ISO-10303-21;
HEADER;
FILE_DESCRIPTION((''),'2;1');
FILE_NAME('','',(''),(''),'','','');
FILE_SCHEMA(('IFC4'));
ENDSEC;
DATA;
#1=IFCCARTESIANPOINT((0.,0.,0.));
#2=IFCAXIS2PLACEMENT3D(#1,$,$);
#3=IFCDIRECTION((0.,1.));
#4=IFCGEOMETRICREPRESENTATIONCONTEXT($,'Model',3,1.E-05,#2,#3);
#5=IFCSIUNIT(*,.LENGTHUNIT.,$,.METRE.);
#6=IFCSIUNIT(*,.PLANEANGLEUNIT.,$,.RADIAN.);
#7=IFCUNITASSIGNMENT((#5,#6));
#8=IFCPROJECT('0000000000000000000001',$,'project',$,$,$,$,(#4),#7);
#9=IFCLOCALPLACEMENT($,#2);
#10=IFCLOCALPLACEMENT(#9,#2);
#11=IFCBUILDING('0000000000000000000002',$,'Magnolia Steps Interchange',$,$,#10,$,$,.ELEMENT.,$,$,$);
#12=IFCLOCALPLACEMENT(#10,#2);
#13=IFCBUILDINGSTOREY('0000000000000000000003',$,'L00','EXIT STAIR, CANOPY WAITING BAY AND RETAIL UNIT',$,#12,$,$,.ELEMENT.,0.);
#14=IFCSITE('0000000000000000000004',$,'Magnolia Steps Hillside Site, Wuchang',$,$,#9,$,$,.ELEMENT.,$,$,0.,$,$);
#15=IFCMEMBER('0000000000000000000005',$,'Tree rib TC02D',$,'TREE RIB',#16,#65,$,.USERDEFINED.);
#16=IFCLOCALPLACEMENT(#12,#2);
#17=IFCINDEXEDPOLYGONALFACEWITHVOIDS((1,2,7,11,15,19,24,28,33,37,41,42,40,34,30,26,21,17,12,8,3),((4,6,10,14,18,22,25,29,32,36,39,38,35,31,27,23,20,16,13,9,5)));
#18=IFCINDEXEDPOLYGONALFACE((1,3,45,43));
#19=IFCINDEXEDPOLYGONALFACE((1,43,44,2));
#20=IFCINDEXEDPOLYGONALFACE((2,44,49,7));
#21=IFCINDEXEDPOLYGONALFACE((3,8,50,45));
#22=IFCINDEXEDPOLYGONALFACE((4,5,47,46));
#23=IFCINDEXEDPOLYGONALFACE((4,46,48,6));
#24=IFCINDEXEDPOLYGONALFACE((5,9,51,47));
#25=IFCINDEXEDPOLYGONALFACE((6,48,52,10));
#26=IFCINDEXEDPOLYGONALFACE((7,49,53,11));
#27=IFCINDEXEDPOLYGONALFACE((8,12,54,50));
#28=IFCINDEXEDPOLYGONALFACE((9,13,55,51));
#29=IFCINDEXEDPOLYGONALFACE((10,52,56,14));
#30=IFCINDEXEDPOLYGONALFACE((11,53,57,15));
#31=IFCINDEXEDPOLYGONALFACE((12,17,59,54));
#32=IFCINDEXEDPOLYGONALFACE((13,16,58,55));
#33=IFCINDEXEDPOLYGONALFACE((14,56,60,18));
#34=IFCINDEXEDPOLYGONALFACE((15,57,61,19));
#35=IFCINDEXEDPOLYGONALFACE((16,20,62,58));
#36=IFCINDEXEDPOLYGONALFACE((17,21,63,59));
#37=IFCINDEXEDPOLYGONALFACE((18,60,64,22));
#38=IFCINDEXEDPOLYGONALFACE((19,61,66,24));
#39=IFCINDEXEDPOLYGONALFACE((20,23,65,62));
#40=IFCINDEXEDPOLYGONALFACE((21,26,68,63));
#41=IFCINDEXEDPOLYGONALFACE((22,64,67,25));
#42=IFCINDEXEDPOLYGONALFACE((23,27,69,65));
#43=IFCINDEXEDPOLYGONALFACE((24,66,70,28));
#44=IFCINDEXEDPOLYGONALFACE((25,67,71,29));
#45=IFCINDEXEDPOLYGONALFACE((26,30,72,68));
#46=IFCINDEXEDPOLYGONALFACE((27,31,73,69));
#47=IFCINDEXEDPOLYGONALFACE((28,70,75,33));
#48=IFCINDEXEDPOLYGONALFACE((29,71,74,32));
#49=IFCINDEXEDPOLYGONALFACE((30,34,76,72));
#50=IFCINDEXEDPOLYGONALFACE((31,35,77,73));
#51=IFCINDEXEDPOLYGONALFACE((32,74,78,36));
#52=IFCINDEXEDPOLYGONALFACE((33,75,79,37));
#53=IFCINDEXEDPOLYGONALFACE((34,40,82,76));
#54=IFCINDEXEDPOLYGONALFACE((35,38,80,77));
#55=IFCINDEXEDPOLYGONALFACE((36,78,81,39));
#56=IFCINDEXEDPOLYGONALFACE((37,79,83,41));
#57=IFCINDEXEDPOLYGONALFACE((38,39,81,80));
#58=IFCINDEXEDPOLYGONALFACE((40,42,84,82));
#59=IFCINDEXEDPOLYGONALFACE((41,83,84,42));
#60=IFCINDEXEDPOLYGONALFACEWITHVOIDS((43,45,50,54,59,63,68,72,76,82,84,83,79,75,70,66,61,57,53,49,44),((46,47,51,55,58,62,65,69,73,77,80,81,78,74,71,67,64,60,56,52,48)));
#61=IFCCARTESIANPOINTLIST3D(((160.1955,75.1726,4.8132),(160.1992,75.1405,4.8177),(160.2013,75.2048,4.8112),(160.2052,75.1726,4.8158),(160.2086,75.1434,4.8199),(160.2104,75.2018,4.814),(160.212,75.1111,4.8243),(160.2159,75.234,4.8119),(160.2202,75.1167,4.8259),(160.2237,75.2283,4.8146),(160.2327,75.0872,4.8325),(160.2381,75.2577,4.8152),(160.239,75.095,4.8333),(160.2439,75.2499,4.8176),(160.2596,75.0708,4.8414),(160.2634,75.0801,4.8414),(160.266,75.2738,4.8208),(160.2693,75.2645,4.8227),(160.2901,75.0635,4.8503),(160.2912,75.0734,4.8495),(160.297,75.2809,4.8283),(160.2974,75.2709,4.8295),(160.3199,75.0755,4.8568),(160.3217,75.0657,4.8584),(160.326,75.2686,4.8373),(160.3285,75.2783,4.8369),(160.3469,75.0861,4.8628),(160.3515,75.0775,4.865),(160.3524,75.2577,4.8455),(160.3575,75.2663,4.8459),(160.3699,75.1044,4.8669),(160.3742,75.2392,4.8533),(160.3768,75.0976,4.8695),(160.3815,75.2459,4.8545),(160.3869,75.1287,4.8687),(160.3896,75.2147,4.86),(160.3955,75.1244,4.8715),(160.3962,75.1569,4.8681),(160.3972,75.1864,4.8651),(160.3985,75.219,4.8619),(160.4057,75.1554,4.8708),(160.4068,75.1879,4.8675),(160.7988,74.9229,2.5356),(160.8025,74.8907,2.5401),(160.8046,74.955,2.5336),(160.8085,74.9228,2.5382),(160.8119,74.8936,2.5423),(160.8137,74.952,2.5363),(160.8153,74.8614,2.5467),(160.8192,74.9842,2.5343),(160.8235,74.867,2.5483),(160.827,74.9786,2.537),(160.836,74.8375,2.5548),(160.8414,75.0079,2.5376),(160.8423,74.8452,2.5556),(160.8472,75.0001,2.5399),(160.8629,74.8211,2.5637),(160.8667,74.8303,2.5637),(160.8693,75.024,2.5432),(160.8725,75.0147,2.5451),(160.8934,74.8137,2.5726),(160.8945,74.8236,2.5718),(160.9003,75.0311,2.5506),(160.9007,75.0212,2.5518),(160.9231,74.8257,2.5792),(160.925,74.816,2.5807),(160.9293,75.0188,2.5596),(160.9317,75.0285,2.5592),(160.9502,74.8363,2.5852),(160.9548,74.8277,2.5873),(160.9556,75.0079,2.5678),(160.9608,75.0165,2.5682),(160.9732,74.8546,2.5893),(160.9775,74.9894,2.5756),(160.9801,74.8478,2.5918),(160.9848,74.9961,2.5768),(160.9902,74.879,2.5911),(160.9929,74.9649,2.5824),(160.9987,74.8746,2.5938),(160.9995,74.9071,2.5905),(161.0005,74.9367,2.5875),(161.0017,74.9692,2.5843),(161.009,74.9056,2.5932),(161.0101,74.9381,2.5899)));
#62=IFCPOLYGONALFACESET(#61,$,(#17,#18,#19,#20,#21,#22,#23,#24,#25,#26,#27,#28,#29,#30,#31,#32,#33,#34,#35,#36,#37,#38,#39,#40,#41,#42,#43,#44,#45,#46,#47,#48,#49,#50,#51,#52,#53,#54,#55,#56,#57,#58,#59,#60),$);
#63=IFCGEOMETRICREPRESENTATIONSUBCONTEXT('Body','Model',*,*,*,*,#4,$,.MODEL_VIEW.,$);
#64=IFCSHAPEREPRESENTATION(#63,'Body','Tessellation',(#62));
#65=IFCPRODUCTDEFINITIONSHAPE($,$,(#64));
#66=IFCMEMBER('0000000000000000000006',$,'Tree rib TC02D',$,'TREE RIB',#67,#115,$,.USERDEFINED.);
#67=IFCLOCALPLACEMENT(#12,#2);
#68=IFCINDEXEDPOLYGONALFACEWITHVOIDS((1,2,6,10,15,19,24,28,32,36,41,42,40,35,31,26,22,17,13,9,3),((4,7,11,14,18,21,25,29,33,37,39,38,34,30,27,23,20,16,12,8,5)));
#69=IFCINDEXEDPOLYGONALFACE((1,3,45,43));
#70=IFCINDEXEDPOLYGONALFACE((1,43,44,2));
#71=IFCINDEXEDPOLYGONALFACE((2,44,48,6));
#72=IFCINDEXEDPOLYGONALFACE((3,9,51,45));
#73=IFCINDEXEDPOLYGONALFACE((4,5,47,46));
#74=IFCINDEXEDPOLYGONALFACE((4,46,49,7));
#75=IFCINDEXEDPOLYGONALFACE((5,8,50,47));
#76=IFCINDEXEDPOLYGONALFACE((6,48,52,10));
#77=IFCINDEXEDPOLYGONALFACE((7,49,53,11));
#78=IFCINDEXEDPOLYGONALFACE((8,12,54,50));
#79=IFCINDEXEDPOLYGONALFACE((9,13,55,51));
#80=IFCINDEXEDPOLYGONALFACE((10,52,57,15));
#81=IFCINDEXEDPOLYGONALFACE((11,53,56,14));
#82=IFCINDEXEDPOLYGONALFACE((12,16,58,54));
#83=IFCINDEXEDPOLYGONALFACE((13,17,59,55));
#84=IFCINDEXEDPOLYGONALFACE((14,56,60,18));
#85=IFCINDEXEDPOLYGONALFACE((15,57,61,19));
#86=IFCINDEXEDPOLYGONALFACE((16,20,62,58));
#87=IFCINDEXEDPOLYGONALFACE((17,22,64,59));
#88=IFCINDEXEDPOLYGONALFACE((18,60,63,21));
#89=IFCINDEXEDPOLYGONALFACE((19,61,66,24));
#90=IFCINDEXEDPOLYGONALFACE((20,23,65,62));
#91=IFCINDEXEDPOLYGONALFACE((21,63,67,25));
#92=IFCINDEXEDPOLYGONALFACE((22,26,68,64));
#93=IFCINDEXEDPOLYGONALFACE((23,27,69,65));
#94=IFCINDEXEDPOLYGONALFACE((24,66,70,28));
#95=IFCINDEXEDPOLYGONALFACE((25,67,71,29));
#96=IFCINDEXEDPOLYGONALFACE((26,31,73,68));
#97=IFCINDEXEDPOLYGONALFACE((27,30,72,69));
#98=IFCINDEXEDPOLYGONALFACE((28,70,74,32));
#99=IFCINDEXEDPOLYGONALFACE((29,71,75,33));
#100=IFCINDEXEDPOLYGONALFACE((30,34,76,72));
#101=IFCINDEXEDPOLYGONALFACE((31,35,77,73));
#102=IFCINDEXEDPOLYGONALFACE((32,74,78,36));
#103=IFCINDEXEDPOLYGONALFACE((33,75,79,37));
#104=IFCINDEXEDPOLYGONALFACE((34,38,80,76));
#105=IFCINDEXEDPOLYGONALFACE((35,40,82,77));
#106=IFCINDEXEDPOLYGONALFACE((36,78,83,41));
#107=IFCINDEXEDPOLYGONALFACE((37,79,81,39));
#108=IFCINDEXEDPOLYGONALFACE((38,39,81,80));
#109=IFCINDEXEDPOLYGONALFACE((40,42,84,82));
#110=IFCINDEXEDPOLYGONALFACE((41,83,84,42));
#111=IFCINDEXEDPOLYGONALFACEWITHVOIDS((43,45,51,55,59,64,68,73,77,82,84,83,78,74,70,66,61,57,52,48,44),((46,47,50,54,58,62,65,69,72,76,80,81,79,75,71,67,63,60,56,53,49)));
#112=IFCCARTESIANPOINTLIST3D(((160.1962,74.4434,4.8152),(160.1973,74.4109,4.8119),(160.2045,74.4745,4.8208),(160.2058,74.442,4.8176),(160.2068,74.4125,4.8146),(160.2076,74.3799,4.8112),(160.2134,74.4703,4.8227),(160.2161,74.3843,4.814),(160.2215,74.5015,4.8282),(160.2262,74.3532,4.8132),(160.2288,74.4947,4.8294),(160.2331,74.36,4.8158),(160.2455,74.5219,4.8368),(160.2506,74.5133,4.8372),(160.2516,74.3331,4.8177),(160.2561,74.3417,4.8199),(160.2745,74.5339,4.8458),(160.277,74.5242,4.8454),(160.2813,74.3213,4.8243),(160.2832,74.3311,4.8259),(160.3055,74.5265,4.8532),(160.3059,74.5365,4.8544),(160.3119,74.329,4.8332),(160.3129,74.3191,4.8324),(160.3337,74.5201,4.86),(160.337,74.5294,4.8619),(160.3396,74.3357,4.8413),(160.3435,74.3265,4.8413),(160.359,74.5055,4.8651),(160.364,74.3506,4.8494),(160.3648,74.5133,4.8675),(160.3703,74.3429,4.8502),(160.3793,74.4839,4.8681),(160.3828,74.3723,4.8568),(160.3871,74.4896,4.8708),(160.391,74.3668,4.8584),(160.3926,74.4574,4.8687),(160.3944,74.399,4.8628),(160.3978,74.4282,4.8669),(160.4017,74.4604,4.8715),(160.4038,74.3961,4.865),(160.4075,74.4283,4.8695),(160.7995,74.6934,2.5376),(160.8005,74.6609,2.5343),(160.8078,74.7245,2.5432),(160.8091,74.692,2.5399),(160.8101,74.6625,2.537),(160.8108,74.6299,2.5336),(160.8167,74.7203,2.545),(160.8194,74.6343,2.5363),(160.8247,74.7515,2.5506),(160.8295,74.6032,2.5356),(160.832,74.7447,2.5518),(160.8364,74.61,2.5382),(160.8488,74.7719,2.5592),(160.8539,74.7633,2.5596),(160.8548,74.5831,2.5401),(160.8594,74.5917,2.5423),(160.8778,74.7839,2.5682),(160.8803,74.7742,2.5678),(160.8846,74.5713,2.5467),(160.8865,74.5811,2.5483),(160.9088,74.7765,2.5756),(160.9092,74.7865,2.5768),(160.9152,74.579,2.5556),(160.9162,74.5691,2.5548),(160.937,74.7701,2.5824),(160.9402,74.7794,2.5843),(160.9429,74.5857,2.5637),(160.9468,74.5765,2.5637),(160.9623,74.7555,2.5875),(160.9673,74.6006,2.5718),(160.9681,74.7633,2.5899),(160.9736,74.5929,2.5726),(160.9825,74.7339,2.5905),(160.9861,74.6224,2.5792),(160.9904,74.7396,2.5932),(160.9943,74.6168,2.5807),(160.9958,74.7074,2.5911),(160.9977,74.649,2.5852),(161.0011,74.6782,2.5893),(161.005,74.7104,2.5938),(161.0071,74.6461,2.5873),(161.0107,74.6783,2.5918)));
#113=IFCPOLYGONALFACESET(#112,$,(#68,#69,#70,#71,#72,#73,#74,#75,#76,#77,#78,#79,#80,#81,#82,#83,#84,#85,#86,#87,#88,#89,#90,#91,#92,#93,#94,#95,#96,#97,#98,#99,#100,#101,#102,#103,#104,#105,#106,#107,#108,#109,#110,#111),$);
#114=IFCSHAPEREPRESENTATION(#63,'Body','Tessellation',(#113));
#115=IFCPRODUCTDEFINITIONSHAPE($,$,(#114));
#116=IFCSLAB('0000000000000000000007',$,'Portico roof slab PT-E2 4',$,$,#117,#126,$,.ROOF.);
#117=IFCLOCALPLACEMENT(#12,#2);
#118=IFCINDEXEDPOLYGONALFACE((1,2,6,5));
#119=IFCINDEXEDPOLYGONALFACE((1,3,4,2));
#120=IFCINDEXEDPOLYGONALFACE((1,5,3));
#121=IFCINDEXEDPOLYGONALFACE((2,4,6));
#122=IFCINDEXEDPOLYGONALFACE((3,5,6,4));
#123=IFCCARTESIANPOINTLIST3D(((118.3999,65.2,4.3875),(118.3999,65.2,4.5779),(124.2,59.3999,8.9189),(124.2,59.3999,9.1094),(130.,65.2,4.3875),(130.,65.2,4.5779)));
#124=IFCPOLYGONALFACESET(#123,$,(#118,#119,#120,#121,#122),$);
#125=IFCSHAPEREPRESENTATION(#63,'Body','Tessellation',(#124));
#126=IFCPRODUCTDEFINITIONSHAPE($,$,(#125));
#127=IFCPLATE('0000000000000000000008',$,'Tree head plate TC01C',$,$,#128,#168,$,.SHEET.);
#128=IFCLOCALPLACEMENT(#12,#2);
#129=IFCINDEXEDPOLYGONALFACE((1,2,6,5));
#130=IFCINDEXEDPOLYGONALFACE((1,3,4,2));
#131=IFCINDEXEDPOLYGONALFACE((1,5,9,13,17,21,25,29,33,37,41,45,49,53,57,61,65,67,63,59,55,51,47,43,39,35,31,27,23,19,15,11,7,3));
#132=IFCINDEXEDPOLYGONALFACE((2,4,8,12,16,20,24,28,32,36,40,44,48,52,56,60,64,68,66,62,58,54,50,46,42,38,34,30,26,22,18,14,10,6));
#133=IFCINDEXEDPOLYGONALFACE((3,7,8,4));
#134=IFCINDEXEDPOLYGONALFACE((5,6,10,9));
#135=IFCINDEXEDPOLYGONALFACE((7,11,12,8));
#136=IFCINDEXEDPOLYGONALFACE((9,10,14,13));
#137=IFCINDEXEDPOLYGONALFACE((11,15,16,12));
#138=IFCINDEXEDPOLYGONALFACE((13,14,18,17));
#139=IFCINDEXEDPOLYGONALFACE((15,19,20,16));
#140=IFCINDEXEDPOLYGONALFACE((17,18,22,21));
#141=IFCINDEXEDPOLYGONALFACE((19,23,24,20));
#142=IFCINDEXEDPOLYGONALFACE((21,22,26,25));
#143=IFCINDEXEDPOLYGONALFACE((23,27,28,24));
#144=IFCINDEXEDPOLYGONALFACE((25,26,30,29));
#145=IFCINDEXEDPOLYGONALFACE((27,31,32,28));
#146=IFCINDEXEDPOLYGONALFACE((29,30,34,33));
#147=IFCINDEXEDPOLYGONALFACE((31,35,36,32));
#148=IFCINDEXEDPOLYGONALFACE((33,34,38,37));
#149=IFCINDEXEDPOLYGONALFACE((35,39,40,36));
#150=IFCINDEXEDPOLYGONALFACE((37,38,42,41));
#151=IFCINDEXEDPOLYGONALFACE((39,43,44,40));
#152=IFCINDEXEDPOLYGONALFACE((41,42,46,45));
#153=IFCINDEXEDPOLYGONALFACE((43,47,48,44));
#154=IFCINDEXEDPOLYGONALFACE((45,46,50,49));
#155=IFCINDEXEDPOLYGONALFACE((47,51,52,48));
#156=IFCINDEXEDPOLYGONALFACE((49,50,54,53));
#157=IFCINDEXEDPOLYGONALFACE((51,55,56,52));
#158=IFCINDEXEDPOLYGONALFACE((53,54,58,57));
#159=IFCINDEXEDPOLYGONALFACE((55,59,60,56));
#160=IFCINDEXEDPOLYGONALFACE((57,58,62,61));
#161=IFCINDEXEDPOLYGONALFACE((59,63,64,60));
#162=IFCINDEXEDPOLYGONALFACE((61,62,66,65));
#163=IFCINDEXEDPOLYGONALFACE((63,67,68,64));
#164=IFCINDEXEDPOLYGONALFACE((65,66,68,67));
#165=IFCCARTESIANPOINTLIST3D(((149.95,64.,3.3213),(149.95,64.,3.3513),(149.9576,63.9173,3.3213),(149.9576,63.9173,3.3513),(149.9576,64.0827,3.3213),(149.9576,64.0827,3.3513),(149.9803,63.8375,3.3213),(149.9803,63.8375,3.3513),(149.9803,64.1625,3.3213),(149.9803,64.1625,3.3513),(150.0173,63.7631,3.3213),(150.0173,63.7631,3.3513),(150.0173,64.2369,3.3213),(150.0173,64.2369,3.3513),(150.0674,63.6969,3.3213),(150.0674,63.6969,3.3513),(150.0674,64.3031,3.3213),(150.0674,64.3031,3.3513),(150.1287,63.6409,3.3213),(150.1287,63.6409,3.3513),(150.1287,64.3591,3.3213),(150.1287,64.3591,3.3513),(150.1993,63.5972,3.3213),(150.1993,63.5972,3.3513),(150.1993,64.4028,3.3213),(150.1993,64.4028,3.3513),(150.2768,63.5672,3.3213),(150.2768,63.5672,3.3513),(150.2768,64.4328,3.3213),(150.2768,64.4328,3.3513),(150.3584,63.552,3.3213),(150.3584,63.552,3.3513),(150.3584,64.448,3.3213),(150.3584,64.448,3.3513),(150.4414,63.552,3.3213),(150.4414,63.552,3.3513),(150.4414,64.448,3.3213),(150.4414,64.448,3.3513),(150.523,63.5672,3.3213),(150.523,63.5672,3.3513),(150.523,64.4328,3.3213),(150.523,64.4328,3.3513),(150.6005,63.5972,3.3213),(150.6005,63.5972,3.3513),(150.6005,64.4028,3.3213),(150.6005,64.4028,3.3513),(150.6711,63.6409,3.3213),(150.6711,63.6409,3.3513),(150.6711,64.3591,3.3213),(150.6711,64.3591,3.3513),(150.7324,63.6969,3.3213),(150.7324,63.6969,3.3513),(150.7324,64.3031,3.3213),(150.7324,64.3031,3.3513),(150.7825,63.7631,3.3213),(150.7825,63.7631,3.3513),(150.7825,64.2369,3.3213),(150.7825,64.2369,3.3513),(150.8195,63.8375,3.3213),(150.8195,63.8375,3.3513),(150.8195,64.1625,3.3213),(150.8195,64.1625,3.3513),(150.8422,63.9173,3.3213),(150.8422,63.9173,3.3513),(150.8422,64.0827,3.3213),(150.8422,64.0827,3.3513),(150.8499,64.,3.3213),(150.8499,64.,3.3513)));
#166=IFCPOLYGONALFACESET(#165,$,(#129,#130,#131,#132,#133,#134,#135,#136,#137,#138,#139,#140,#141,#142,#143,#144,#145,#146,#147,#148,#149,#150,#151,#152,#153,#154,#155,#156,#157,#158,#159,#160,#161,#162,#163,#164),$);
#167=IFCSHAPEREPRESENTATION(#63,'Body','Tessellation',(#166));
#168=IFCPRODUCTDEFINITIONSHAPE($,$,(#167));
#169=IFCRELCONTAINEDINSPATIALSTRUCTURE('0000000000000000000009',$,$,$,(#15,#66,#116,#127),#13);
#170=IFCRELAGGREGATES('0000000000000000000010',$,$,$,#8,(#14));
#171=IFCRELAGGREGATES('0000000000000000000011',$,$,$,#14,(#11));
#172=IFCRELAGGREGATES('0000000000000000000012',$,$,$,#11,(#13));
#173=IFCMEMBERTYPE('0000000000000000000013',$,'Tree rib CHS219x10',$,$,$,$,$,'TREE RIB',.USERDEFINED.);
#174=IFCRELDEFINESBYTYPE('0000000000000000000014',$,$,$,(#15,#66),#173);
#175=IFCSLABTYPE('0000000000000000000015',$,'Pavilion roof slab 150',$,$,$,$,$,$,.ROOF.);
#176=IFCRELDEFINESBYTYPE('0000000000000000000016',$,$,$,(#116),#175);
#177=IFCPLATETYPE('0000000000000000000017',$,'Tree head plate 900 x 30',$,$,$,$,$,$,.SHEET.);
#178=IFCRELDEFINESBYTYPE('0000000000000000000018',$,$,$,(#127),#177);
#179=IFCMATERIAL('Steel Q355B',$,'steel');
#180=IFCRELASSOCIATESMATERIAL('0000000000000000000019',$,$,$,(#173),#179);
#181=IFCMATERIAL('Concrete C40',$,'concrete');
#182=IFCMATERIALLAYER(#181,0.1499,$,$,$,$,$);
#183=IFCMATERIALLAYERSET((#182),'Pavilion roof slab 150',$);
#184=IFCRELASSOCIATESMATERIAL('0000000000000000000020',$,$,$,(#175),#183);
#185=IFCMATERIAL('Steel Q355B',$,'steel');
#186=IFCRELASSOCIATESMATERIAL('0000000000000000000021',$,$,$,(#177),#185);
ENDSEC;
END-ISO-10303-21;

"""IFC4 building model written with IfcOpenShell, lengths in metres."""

from ifc_helpers import new_model, si_unit, direction, frame, origin, origin_2d, place, context, subcontext, project, spatial, polyline, circle, hollow_circle, outline, extrude, material, layer, layer_set, material_profile, profile_set, type_object, element, save


model = new_model("IFC4")

# Units and contexts
model_context = context("Model", 3, precision=1e-05, world=origin(), true_north=direction((0.0, 1.0)))
body_context = subcontext(model_context, "Body", "Model", "MODEL_VIEW")
ifc_project = project(units=[si_unit("LENGTHUNIT", "METRE"), si_unit("PLANEANGLEUNIT", "RADIAN")], contexts=[model_context])

# Site, building, storey
site_placement = place(None, origin())
site = spatial("IfcSite", under=ifc_project, at=site_placement, Name="Magnolia Steps Hillside Site, Wuchang", CompositionType="ELEMENT", RefElevation=0.0)
building_placement = place(site_placement, origin())
building = spatial("IfcBuilding", under=site, at=building_placement, Name="Magnolia Steps Interchange", CompositionType="ELEMENT")
storey_placement = place(building_placement, origin())
storey = spatial("IfcBuildingStorey", under=building, at=storey_placement, Name="L00", Description="EXIT STAIR, CANOPY WAITING BAY AND RETAIL UNIT", CompositionType="ELEMENT", Elevation=0.0)

# Members
ifc_material_1 = material(Name="Steel Q355B", Category="steel")
ifc_material_profile_1 = material_profile(ifc_material_1, hollow_circle(Radius=0.1096, WallThickness=0.01, at=origin_2d()), Name="CHS219x10")
ifc_profile_set_1 = profile_set([ifc_material_profile_1], Name="Steel Q355B")
member_type = type_object("IfcMemberType", Name="Tree rib CHS219x10", ElementType="TREE RIB", PredefinedType="USERDEFINED", material=ifc_profile_set_1)
for number, where, z_axis, x_axis, name in (
    (1, (160.9048, 74.9224, 2.5637), (-0.254617, 0.105412, 0.96128), (-0.382517, -0.923948, 0.0), "Tree rib TC02D"),
    (2, (160.9048, 74.6777, 2.5637), (-0.254614, -0.105514, 0.961269), (0.382836, -0.923816, 0.0), "Tree rib TC02D"),
):
    element("IfcMember", number, at=place(storey_placement, frame(where, z_axis=z_axis, x_axis=x_axis)), inside=storey, type_object=member_type, Name=name, ObjectType="TREE RIB", PredefinedType="USERDEFINED", context=body_context, shape_type="SweptSolid", body=[
        extrude(hollow_circle(Radius=0.1096, WallThickness=0.01, at=origin_2d()), origin(), (0.0, 0.0, 1.0), 2.3694),
    ])

# Slab
ifc_material_2 = material(Name="Concrete C40", Category="concrete")
ifc_layer_1 = layer(ifc_material_2, 0.1499)
ifc_layer_set_1 = layer_set([ifc_layer_1], Name="Pavilion roof slab 150")
slab_type = type_object("IfcSlabType", Name="Pavilion roof slab 150", PredefinedType="ROOF", material=ifc_layer_set_1)
slab_placement = place(storey_placement, frame((130.0, 65.2, 4.5779), z_axis=(0.0, 0.615661, 0.788011), x_axis=(-1.0, 0.0, 0.0)))
element("IfcSlab", 3, at=slab_placement, inside=storey, type_object=slab_type, Name="Portico roof slab PT-E2 4", PredefinedType="ROOF", context=body_context, shape_type="SweptSolid", body=[
    extrude(outline(polyline([(0.0, 0.0), (11.6001, 0.0), (5.8, 7.3604), (0.0, 0.0)])), origin(), (0.0, -0.615661, -0.788011), 0.1904),
])

# Plate
ifc_material_3 = material(Name="Steel Q355B", Category="steel")
ifc_material_profile_2 = material_profile(ifc_material_3, circle(Radius=0.45, at=origin_2d()), Name="Tree head plate 900 x 30")
ifc_profile_set_2 = profile_set([ifc_material_profile_2], Name="Steel Q355B")
plate_type = type_object("IfcPlateType", Name="Tree head plate 900 x 30", PredefinedType="SHEET", material=ifc_profile_set_2)
for number, where, z_axis, x_axis, name in (
    (4, (150.3999, 64.0, 3.3213), (0.0, 0.0, 1.0), (1.0, 0.0, 0.0), "Tree head plate TC01C"),
):
    element("IfcPlate", number, at=place(storey_placement, frame(where, z_axis=z_axis, x_axis=x_axis)), inside=storey, type_object=plate_type, Name=name, PredefinedType="SHEET", context=body_context, shape_type="SweptSolid", body=[
        extrude(circle(Radius=0.45, at=origin_2d()), origin(), (0.0, 0.0, 1.0), 0.03),
    ])

save(model, "model.ifc")
